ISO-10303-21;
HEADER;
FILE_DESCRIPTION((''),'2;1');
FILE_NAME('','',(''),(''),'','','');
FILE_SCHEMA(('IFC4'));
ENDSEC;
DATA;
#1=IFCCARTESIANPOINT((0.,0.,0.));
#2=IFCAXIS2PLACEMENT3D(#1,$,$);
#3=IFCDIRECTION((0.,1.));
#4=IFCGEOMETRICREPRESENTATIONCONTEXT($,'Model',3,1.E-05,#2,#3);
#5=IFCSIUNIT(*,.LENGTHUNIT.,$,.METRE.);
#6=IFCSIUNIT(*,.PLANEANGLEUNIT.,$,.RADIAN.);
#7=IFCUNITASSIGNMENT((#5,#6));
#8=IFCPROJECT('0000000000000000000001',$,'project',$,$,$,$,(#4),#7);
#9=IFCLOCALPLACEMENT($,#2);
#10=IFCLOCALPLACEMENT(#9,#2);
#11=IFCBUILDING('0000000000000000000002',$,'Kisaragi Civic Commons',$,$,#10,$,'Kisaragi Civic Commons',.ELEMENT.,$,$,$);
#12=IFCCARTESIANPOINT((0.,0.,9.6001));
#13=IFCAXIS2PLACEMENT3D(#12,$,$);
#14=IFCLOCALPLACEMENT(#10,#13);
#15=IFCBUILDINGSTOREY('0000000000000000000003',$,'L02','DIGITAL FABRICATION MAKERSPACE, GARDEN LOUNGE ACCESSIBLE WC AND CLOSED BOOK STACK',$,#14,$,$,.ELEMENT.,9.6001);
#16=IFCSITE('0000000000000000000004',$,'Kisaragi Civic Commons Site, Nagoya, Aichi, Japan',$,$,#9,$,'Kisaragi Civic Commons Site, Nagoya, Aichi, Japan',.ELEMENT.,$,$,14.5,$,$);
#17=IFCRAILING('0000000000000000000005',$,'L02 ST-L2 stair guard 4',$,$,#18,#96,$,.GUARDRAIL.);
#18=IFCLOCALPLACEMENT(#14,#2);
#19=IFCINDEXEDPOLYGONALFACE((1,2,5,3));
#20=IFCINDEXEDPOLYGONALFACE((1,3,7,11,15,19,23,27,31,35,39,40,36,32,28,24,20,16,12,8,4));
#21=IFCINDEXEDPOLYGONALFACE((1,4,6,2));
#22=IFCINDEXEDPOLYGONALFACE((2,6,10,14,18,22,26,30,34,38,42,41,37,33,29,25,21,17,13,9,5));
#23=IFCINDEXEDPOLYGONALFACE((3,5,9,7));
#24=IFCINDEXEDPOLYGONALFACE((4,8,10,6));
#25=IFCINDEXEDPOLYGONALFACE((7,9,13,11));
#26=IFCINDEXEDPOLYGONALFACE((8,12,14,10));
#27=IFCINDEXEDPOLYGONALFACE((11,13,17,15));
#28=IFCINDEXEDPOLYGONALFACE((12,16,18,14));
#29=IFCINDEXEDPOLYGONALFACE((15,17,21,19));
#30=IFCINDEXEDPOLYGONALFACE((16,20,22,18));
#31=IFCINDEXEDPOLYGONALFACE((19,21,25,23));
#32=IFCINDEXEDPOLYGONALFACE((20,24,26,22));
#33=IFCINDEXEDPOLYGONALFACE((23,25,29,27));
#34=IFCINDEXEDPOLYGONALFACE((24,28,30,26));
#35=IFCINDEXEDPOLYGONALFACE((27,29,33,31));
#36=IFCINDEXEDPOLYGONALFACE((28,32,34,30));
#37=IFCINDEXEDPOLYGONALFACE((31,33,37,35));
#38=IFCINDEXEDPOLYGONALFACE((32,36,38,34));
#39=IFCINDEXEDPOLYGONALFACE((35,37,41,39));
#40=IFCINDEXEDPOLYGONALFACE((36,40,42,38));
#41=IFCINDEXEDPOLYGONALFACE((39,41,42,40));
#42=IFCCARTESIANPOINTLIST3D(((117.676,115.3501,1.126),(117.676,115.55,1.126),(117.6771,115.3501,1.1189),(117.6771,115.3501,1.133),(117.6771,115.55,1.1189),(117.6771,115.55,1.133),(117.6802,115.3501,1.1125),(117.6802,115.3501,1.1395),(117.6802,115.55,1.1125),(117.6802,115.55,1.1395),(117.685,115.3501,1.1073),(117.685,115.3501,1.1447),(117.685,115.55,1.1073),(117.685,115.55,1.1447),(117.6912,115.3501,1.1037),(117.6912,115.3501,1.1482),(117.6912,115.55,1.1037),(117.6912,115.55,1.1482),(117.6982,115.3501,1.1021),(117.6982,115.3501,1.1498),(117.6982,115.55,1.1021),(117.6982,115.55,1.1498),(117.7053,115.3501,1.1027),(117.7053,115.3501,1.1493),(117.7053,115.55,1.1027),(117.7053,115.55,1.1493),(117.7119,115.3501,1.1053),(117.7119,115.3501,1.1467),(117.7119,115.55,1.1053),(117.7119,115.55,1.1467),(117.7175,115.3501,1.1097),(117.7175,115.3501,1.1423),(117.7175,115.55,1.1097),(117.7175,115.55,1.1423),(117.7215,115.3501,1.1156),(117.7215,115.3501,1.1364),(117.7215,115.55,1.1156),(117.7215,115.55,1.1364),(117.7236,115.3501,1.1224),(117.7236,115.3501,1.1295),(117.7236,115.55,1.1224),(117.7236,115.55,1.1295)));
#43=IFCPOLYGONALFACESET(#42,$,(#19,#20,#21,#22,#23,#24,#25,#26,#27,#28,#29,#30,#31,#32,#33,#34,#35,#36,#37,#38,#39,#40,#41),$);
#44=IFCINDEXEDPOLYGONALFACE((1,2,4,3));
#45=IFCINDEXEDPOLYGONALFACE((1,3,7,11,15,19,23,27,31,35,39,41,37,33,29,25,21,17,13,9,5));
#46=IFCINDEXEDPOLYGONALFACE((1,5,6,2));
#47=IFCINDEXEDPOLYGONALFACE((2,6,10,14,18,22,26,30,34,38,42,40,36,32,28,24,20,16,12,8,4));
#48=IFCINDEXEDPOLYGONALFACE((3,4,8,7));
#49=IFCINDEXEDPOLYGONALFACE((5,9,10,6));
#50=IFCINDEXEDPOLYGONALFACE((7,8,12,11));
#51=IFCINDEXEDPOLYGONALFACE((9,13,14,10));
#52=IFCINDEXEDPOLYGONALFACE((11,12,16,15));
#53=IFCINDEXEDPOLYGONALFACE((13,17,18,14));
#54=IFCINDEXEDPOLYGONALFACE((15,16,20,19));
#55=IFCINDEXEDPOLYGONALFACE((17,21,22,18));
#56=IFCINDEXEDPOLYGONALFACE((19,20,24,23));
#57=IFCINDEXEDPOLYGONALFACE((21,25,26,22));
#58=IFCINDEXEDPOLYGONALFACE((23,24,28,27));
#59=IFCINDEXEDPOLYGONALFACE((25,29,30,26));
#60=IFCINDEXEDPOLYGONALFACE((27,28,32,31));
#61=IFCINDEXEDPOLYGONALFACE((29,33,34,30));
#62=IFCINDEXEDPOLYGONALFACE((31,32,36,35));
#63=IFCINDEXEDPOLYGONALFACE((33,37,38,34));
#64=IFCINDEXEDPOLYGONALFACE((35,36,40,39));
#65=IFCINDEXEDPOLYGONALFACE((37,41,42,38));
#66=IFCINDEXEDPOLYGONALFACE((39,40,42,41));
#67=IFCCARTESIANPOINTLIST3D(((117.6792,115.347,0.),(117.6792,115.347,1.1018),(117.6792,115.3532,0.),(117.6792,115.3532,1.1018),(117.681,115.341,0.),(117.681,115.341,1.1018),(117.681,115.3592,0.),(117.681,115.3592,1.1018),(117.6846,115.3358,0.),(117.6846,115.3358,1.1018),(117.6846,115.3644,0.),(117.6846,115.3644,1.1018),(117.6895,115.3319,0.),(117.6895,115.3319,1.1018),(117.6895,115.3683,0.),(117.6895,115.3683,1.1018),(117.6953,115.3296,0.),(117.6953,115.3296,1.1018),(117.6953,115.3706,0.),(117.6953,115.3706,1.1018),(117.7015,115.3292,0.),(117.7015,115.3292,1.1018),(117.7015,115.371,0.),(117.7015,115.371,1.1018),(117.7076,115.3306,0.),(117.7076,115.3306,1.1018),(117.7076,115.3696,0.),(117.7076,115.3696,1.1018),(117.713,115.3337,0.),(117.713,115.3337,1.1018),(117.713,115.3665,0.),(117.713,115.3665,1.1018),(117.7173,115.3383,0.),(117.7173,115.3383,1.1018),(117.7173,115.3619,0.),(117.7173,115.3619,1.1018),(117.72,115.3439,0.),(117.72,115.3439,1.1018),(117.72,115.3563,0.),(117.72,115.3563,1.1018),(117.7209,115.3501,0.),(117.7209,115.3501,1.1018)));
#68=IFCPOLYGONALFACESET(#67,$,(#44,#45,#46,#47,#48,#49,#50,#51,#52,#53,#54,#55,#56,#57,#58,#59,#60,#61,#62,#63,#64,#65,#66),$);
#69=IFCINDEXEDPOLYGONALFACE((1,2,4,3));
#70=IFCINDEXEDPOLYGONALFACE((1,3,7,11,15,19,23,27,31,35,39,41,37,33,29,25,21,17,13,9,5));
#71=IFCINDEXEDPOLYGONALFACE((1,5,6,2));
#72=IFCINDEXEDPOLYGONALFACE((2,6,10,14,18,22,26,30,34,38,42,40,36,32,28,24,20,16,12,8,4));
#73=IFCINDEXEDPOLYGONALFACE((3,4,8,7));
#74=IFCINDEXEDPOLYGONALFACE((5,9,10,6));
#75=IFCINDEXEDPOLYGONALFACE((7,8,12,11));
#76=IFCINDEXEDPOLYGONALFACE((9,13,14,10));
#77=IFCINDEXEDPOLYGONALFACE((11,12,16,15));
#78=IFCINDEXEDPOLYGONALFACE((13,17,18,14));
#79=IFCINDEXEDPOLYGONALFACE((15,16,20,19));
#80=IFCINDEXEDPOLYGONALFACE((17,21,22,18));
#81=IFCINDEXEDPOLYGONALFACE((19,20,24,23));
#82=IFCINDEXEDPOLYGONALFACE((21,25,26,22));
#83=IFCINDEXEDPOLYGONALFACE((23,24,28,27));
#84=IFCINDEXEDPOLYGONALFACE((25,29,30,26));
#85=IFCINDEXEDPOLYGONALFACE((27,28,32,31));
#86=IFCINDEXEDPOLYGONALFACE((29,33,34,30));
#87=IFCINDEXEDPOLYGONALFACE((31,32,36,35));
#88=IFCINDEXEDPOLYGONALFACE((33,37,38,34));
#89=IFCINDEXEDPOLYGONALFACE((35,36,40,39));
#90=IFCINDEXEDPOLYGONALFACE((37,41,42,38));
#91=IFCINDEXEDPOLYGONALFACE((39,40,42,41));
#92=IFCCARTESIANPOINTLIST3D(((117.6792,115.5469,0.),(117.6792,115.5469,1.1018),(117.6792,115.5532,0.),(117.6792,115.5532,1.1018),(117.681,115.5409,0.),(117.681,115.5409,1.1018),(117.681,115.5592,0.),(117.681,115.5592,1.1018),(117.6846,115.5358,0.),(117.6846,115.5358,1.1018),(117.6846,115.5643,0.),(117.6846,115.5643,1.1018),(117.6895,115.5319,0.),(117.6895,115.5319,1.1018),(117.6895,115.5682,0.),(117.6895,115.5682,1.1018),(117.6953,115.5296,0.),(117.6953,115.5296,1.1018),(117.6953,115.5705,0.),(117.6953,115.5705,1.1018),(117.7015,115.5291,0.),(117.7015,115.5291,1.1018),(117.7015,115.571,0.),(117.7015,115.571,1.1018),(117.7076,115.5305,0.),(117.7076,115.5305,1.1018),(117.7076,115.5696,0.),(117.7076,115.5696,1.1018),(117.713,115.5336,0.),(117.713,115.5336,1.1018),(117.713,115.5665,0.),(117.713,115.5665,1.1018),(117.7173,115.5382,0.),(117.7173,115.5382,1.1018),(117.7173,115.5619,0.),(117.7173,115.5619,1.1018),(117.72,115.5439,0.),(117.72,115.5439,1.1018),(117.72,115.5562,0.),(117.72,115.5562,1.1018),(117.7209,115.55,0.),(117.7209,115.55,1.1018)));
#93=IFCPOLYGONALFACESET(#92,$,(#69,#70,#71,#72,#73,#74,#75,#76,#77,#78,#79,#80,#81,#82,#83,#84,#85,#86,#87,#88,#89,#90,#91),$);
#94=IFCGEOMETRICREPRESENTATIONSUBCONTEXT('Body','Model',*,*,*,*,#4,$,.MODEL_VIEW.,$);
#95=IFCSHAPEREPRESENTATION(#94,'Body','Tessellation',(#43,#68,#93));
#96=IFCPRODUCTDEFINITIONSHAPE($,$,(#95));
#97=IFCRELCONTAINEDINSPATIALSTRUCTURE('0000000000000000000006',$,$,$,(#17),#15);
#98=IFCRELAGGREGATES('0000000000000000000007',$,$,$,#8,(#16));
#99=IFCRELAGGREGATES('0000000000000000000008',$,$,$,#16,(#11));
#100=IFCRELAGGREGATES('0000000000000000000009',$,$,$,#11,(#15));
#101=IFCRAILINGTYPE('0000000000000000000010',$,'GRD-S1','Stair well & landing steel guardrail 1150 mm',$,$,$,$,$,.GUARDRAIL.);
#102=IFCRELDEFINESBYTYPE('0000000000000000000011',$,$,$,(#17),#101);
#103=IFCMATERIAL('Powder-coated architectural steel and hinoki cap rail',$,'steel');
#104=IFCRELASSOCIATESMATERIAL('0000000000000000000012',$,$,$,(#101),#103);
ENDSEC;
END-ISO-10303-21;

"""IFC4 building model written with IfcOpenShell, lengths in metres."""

from ifc_helpers import new_model, si_unit, direction, frame, origin, origin_2d, place, context, subcontext, project, spatial, circle, extrude, material, type_object, element, save


model = new_model("IFC4")

# Units and contexts
model_context = context("Model", 3, precision=1e-05, world=origin(), true_north=direction((0.0, 1.0)))
body_context = subcontext(model_context, "Body", "Model", "MODEL_VIEW")
ifc_project = project(units=[si_unit("LENGTHUNIT", "METRE"), si_unit("PLANEANGLEUNIT", "RADIAN")], contexts=[model_context])

# Site, building, storey
site_placement = place(None, origin())
site = spatial("IfcSite", under=ifc_project, at=site_placement, Name="Kisaragi Civic Commons Site, Nagoya, Aichi, Japan", LongName="Kisaragi Civic Commons Site, Nagoya, Aichi, Japan", CompositionType="ELEMENT", RefElevation=14.5)
building_placement = place(site_placement, origin())
building = spatial("IfcBuilding", under=site, at=building_placement, Name="Kisaragi Civic Commons", LongName="Kisaragi Civic Commons", CompositionType="ELEMENT")
storey_placement = place(building_placement, frame((0.0, 0.0, 9.6001)))
storey = spatial("IfcBuildingStorey", under=building, at=storey_placement, Name="L02", Description="DIGITAL FABRICATION MAKERSPACE, GARDEN LOUNGE ACCESSIBLE WC AND CLOSED BOOK STACK", CompositionType="ELEMENT", Elevation=9.6001)

# Railing
ifc_material_1 = material(Name="Powder-coated architectural steel and hinoki cap rail", Category="steel")
railing_type_1 = type_object("IfcRailingType", Name="GRD-S1", Description="Stair well & landing steel guardrail 1150 mm", PredefinedType="GUARDRAIL", material=ifc_material_1)
railing_1_placement = place(storey_placement, frame((117.7, 115.3501, 0.0)))
element("IfcRailing", 1, at=railing_1_placement, inside=storey, type_object=railing_type_1, Name="L02 ST-L2 stair guard 4", PredefinedType="GUARDRAIL", context=body_context, shape_type="SweptSolid", body=[
    extrude(circle(Radius=0.0239, at=origin_2d()), frame((0.0, 0.0, 1.126), z_axis=(0.0, 1.0, 0.0), x_axis=(-1.0, 0.0, 0.0)), (0.0, 0.0, 1.0), 0.2),
    extrude(circle(Radius=0.021, at=origin_2d()), origin(), (0.0, 0.0, 1.0), 1.1018),
    extrude(circle(Radius=0.021, at=origin_2d()), frame((0.0, 0.2, 0.0)), (0.0, 0.0, 1.0), 1.1018),
])

save(model, "model.ifc")
